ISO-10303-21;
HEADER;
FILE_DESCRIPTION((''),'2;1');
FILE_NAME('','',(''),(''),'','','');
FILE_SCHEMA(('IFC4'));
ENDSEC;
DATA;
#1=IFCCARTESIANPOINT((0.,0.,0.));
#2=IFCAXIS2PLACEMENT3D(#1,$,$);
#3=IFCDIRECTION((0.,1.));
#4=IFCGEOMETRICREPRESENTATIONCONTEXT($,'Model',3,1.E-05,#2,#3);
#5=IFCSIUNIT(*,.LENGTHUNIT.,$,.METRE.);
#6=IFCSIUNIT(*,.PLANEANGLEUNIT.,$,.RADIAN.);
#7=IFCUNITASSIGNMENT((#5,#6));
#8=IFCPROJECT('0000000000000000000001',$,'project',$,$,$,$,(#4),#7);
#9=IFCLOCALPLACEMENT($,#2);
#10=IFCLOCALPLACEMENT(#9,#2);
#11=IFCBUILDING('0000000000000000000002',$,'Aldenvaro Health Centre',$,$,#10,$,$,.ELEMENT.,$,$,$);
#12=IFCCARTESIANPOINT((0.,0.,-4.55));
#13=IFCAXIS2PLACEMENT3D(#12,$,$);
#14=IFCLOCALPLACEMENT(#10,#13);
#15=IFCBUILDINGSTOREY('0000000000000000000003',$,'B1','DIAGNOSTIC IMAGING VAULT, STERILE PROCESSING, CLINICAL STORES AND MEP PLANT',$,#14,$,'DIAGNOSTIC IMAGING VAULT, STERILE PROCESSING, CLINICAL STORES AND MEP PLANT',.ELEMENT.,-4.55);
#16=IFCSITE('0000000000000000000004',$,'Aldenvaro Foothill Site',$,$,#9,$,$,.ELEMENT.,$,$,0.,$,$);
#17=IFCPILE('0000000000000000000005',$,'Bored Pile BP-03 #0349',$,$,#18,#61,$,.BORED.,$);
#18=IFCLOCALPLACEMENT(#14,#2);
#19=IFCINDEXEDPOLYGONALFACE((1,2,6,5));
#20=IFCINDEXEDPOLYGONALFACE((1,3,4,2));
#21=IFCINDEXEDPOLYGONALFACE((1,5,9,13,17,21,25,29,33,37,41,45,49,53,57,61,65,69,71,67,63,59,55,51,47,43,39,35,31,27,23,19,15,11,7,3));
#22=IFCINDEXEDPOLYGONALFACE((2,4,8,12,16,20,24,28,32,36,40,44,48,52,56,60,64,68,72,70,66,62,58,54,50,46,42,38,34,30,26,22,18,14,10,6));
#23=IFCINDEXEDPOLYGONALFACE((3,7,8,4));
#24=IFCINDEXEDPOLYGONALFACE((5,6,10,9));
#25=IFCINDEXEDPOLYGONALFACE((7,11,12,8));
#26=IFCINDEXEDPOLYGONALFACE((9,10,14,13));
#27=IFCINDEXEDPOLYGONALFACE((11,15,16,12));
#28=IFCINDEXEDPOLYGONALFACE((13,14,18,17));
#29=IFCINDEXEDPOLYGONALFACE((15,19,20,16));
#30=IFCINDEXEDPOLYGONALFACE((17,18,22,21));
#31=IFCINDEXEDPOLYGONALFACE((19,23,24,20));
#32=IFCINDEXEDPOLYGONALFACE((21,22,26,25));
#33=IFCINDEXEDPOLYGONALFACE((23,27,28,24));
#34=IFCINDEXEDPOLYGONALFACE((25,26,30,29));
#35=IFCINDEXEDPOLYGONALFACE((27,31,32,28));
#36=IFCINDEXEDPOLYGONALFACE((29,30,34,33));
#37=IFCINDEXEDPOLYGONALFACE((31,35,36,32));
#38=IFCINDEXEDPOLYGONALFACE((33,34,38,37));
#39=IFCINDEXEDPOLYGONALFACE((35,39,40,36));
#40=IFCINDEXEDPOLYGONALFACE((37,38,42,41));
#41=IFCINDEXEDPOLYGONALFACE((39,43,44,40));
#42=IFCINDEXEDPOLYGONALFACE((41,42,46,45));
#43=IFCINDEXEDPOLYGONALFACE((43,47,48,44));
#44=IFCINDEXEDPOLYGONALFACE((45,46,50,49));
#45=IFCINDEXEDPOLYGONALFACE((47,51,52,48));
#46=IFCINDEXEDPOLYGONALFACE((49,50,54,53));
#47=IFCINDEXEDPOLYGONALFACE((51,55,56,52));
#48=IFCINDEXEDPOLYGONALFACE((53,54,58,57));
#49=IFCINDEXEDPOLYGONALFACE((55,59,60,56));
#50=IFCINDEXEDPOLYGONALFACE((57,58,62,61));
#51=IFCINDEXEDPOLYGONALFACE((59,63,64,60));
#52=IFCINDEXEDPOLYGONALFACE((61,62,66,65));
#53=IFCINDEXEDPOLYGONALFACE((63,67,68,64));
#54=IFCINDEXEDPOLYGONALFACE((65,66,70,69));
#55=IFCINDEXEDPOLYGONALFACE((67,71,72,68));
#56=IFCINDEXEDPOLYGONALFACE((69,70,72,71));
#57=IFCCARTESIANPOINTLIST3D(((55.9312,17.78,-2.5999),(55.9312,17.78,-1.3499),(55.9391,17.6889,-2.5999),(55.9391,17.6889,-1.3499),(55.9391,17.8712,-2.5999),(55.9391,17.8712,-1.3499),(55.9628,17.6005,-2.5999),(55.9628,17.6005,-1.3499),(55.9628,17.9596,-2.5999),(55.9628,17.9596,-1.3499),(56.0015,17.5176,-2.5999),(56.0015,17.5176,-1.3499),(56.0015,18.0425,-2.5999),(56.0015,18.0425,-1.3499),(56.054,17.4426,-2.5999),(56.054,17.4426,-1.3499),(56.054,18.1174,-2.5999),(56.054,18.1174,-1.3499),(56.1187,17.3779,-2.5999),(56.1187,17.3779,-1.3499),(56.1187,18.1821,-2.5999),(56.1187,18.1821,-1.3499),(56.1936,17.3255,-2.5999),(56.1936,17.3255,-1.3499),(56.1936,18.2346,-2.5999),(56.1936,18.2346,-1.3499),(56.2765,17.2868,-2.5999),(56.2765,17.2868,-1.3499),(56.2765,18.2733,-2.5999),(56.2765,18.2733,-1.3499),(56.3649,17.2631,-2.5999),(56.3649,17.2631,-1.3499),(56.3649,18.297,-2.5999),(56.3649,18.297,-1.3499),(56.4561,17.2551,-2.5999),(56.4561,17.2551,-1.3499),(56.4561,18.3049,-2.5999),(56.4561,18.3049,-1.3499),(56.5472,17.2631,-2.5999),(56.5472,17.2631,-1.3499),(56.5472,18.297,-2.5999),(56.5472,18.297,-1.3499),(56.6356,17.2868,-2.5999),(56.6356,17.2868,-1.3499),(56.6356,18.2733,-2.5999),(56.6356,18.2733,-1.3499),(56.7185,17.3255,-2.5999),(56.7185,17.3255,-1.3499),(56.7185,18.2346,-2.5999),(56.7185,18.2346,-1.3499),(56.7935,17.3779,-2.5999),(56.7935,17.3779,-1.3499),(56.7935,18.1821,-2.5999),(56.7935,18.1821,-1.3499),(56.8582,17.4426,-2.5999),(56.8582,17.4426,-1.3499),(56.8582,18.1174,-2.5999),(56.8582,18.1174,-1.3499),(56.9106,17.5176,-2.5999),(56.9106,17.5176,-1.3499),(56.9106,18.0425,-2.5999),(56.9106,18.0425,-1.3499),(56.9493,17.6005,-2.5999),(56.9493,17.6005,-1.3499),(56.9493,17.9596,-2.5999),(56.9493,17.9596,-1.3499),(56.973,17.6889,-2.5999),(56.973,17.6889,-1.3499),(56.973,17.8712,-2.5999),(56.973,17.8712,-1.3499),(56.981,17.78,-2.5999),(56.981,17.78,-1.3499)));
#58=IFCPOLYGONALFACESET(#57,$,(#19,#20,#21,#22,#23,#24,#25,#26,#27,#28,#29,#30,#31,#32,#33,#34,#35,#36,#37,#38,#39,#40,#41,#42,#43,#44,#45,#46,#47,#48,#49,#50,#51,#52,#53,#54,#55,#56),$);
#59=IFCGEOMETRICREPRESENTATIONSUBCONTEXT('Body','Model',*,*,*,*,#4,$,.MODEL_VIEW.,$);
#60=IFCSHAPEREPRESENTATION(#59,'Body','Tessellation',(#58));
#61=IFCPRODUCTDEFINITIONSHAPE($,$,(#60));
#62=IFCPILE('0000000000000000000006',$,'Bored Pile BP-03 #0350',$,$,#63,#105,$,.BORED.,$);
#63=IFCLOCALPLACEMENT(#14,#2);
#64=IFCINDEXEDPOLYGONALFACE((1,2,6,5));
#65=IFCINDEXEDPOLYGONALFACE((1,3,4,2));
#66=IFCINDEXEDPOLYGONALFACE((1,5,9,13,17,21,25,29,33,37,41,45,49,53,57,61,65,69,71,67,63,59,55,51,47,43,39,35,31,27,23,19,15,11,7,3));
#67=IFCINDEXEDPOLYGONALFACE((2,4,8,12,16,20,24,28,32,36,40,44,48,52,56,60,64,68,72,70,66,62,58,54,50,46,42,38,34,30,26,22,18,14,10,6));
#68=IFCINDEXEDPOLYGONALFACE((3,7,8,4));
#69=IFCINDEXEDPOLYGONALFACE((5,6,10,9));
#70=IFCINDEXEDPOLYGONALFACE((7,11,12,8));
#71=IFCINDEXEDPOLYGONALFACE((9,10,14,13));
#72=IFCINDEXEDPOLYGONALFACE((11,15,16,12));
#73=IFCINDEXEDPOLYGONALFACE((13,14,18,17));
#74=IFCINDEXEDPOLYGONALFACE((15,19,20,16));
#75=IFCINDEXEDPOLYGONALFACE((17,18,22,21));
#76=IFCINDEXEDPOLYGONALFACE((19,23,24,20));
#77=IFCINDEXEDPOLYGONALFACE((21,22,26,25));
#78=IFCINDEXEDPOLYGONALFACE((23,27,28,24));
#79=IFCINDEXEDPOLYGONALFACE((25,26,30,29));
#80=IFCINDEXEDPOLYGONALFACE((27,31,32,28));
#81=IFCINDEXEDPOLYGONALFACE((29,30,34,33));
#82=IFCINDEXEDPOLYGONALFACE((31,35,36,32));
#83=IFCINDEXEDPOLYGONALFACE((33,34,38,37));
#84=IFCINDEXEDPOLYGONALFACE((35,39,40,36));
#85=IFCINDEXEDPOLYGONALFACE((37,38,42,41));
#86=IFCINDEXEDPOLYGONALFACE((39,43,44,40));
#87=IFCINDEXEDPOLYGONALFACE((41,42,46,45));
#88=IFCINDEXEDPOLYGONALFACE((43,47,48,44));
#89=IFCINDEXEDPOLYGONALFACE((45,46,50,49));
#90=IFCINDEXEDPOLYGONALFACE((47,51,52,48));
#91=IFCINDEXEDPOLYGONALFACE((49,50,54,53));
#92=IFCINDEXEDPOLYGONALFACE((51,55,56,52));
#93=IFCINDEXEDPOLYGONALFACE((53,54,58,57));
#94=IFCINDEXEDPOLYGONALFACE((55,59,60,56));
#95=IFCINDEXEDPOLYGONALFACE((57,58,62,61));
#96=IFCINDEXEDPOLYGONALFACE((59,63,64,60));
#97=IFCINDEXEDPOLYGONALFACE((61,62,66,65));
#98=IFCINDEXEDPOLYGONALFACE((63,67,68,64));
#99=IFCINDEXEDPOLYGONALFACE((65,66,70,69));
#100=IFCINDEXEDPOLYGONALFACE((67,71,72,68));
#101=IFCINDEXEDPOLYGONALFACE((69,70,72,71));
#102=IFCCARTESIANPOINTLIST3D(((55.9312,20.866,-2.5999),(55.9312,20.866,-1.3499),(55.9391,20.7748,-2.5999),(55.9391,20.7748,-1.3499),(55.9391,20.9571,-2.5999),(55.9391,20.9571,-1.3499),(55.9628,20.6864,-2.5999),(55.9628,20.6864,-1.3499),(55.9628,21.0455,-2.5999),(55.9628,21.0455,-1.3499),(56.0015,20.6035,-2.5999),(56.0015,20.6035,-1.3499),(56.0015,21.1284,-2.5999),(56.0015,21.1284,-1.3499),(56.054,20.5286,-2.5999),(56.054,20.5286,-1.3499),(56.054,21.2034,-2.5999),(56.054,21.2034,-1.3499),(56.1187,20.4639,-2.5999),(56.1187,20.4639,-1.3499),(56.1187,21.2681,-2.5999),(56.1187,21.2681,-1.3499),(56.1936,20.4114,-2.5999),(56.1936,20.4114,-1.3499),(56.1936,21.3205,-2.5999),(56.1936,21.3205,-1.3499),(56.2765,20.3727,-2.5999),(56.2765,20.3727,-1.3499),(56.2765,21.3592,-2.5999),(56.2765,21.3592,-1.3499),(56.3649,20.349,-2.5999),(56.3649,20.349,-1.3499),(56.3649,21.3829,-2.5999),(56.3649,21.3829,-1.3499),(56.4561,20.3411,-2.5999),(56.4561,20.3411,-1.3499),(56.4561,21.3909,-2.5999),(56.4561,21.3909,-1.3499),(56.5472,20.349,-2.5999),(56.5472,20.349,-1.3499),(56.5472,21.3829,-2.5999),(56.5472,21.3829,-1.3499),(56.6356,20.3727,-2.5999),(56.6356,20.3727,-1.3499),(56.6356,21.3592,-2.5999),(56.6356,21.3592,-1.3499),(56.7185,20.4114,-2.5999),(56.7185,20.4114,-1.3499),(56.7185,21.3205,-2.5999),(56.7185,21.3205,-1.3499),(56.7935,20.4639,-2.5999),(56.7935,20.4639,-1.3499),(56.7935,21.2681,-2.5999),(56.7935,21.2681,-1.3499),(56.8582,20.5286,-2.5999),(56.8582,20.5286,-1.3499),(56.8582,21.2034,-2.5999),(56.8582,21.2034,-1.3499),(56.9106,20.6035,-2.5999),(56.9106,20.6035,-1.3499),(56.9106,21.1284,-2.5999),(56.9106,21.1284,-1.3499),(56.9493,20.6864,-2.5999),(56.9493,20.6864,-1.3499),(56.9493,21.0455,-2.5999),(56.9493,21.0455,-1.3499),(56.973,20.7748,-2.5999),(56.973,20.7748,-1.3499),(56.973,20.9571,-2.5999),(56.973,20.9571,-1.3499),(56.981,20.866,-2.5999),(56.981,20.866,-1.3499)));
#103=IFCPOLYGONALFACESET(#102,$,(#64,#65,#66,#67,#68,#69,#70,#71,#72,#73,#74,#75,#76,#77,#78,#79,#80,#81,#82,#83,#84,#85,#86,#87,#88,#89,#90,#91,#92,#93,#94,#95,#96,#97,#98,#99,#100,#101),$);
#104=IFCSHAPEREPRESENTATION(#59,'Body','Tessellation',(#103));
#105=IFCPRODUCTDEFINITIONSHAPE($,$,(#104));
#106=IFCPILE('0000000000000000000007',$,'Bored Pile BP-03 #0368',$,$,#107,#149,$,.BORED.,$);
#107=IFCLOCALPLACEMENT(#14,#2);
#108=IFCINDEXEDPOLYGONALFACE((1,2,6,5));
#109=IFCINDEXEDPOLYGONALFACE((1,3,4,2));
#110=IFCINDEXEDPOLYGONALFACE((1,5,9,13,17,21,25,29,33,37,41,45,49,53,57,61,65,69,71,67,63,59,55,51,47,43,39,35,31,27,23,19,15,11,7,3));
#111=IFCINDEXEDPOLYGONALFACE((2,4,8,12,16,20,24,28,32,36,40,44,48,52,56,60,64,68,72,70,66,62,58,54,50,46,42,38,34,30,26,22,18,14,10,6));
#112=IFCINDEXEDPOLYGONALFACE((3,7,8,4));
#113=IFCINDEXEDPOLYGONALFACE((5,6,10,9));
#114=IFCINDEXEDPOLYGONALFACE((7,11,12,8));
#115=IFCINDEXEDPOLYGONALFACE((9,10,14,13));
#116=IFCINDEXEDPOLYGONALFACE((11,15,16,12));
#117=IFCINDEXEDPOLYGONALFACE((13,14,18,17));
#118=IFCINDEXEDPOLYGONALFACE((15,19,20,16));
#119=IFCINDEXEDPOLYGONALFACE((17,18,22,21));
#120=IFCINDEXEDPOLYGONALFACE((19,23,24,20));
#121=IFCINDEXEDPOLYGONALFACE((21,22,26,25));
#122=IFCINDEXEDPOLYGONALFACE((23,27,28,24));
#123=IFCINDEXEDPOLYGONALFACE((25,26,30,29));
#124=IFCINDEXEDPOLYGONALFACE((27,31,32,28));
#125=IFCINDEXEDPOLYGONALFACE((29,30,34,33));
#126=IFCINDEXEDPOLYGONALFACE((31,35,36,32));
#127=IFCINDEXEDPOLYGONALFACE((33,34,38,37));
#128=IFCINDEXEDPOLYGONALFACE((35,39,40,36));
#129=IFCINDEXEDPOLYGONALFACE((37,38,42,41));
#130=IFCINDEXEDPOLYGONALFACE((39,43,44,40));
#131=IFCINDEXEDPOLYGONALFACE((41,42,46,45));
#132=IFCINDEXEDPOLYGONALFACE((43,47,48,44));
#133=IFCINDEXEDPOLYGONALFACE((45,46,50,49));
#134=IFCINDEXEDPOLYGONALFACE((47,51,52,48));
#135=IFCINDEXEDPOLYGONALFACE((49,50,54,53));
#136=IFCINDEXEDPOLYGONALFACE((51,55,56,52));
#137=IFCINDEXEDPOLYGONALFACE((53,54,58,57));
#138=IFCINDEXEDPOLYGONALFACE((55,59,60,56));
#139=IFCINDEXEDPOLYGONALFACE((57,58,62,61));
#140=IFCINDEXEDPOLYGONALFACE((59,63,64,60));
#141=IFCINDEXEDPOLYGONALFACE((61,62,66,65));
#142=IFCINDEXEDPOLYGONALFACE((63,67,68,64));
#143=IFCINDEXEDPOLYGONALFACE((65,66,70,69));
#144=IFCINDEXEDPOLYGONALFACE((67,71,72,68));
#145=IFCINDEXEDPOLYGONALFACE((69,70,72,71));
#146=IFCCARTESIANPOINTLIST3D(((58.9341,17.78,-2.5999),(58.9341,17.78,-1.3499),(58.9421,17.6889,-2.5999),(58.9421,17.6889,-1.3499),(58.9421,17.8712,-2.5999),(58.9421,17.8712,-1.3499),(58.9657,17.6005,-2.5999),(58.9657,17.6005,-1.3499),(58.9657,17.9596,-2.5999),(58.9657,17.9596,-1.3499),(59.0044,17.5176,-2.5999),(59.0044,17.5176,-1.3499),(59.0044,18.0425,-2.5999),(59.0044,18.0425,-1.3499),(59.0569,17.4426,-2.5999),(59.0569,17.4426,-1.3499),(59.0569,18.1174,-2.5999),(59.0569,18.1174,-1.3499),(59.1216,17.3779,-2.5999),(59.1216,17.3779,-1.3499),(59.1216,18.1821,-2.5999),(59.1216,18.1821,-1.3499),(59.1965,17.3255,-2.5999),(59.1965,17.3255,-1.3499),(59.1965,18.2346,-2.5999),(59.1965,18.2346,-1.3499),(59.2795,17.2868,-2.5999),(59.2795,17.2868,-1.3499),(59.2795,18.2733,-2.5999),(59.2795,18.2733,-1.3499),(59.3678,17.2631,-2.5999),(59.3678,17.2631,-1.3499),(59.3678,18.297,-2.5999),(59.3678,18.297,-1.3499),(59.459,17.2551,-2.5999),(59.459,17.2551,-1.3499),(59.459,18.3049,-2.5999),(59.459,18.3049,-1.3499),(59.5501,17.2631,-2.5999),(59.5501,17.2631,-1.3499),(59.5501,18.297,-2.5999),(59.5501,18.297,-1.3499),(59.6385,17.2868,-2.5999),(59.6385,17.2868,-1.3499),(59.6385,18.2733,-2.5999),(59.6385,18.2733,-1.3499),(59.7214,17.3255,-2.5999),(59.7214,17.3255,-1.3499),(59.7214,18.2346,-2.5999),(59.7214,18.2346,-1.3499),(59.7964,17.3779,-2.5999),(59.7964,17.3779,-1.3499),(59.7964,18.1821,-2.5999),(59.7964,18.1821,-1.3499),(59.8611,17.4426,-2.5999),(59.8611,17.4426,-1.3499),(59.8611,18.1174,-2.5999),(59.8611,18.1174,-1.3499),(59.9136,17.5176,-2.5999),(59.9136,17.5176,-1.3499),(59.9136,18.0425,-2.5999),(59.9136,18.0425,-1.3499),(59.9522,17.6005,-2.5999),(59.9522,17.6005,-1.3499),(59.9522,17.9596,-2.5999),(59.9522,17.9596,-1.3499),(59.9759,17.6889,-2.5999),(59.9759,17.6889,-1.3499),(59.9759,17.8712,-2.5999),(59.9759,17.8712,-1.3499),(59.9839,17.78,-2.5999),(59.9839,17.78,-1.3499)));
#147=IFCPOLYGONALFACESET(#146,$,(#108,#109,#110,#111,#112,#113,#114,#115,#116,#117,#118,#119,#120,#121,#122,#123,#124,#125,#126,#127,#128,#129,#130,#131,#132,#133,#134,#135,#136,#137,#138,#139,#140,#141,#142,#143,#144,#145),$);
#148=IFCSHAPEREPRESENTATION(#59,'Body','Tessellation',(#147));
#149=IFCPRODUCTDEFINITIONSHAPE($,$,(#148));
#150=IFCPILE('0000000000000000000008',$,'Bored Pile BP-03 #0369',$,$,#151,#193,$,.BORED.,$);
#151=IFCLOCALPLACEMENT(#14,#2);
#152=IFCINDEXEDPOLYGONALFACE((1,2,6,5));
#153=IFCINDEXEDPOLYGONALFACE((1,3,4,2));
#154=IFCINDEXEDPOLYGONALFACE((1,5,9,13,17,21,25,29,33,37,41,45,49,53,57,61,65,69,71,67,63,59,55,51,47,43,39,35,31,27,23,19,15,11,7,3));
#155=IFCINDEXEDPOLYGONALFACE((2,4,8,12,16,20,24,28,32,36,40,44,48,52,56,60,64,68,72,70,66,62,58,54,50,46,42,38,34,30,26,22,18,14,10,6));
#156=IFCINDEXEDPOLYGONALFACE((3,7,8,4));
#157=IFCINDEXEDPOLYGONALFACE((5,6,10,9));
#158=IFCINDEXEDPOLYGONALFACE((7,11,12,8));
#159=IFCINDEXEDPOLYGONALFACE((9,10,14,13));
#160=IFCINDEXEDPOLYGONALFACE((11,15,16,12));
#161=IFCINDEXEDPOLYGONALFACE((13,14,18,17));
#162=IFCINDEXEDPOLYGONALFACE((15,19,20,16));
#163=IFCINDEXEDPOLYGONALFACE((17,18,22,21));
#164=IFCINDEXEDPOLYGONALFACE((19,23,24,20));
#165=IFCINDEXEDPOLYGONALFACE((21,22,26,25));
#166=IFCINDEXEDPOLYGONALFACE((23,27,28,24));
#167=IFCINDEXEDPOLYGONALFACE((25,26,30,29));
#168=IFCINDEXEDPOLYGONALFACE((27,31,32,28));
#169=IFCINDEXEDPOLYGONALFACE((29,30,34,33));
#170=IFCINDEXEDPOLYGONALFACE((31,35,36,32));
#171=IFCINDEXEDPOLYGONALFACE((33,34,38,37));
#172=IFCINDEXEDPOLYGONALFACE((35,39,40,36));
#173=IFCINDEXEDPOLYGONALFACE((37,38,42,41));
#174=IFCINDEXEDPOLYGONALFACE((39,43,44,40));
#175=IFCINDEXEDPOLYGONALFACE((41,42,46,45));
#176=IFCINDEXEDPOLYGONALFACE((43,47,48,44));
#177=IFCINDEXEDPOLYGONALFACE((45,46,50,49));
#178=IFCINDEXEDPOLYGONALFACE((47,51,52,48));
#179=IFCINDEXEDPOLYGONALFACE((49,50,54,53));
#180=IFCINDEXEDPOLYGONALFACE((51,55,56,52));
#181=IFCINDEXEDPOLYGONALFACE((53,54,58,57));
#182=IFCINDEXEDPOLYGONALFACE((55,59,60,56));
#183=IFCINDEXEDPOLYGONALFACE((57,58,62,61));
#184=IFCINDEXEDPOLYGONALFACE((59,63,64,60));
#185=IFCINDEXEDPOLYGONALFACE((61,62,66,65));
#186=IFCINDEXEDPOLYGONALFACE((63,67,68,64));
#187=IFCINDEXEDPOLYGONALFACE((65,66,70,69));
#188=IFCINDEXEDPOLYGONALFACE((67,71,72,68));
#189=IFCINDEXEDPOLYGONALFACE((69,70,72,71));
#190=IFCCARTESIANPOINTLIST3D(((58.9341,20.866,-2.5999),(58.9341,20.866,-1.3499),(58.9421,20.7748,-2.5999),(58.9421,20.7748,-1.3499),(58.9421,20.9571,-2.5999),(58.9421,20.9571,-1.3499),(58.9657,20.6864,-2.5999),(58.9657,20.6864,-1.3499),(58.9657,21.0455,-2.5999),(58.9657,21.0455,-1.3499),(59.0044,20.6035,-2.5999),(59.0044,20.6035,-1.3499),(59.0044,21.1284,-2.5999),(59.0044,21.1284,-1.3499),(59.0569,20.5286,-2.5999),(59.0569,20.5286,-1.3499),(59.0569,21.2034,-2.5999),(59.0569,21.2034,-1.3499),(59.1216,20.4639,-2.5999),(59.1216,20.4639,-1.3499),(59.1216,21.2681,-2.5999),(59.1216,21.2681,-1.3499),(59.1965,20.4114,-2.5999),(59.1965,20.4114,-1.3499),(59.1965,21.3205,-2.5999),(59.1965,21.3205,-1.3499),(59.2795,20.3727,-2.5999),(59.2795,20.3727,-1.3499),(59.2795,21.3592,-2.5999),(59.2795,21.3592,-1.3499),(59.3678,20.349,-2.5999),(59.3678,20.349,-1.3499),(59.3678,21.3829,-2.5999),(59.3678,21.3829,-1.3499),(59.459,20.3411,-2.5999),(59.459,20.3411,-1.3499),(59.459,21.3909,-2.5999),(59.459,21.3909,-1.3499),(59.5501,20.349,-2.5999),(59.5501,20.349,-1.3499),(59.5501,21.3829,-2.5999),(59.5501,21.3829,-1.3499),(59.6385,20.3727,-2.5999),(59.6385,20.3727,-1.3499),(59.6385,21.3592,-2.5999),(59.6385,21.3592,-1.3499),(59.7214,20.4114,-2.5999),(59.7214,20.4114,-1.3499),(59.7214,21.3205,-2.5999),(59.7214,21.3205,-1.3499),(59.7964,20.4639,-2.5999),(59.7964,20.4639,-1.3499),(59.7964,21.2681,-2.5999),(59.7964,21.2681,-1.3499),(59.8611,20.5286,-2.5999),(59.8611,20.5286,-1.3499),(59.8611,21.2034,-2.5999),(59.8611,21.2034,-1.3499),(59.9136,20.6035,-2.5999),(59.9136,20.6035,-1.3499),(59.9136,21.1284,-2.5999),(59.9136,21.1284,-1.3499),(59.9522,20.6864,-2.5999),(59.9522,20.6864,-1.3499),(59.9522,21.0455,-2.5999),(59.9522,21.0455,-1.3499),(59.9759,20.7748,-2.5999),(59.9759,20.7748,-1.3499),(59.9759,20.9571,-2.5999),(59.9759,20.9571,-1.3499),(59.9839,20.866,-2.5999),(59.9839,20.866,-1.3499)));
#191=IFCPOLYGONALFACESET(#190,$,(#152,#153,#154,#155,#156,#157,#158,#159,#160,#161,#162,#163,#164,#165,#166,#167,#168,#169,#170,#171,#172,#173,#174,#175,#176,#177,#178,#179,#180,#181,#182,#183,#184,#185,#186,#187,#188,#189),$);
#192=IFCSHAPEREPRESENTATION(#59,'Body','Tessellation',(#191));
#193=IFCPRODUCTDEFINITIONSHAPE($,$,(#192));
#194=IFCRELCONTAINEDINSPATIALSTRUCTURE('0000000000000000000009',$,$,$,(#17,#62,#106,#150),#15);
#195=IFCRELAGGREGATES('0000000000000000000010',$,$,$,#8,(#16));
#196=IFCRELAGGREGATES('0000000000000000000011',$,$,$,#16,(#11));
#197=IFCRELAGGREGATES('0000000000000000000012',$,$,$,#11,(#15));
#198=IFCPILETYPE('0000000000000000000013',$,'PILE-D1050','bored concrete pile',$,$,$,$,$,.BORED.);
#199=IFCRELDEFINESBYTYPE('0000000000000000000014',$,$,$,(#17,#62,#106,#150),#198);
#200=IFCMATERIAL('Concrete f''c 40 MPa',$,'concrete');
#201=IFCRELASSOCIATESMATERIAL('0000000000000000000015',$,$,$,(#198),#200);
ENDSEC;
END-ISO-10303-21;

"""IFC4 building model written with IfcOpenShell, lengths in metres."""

from ifc_helpers import new_model, si_unit, direction, frame, origin, origin_2d, place, context, subcontext, project, spatial, circle, extrude, material, material_profile, profile_set, type_object, element, save


model = new_model("IFC4")

# Units and contexts
model_context = context("Model", 3, precision=1e-05, world=origin(), true_north=direction((0.0, 1.0)))
body_context = subcontext(model_context, "Body", "Model", "MODEL_VIEW")
ifc_project = project(units=[si_unit("LENGTHUNIT", "METRE"), si_unit("PLANEANGLEUNIT", "RADIAN")], contexts=[model_context])

# Site, building, storey
site_placement = place(None, origin())
site = spatial("IfcSite", under=ifc_project, at=site_placement, Name="Aldenvaro Foothill Site", CompositionType="ELEMENT", RefElevation=0.0)
building_placement = place(site_placement, origin())
building = spatial("IfcBuilding", under=site, at=building_placement, Name="Aldenvaro Health Centre", CompositionType="ELEMENT")
storey_placement = place(building_placement, frame((0.0, 0.0, -4.55)))
storey = spatial("IfcBuildingStorey", under=building, at=storey_placement, Name="B1", Description="DIAGNOSTIC IMAGING VAULT, STERILE PROCESSING, CLINICAL STORES AND MEP PLANT", LongName="DIAGNOSTIC IMAGING VAULT, STERILE PROCESSING, CLINICAL STORES AND MEP PLANT", CompositionType="ELEMENT", Elevation=-4.55)

# Piles
ifc_material = material(Name="Concrete f'c 40 MPa", Category="concrete")
ifc_material_profile_1 = material_profile(ifc_material, circle(Radius=0.5249, at=origin_2d()), Name="PILE D1050", Category="concrete")
ifc_profile_set_1 = profile_set([ifc_material_profile_1], Name="Concrete f'c 40 MPa")
pile_type = type_object("IfcPileType", Name="PILE-D1050", Description="bored concrete pile", PredefinedType="BORED", material=ifc_profile_set_1)
for number, where, z_axis, x_axis, name in (
    (1, (56.4561, 17.78, -1.3499), (0.0, 0.0, -1.0), (1.0, 0.0, 0.0), "Bored Pile BP-03 #0349"),
    (2, (56.4561, 20.866, -1.3499), (0.0, 0.0, -1.0), (1.0, 0.0, 0.0), "Bored Pile BP-03 #0350"),
    (3, (59.459, 17.78, -1.3499), (0.0, 0.0, -1.0), (1.0, 0.0, 0.0), "Bored Pile BP-03 #0368"),
    (4, (59.459, 20.866, -1.3499), (0.0, 0.0, -1.0), (1.0, 0.0, 0.0), "Bored Pile BP-03 #0369"),
):
    element("IfcPile", number, at=place(storey_placement, frame(where, z_axis=z_axis, x_axis=x_axis)), inside=storey, type_object=pile_type, Name=name, PredefinedType="BORED", context=body_context, shape_type="SweptSolid", body=[
        extrude(circle(Radius=0.5249, at=origin_2d()), origin(), (0.0, 0.0, 1.0), 1.25),
    ])

save(model, "model.ifc")
